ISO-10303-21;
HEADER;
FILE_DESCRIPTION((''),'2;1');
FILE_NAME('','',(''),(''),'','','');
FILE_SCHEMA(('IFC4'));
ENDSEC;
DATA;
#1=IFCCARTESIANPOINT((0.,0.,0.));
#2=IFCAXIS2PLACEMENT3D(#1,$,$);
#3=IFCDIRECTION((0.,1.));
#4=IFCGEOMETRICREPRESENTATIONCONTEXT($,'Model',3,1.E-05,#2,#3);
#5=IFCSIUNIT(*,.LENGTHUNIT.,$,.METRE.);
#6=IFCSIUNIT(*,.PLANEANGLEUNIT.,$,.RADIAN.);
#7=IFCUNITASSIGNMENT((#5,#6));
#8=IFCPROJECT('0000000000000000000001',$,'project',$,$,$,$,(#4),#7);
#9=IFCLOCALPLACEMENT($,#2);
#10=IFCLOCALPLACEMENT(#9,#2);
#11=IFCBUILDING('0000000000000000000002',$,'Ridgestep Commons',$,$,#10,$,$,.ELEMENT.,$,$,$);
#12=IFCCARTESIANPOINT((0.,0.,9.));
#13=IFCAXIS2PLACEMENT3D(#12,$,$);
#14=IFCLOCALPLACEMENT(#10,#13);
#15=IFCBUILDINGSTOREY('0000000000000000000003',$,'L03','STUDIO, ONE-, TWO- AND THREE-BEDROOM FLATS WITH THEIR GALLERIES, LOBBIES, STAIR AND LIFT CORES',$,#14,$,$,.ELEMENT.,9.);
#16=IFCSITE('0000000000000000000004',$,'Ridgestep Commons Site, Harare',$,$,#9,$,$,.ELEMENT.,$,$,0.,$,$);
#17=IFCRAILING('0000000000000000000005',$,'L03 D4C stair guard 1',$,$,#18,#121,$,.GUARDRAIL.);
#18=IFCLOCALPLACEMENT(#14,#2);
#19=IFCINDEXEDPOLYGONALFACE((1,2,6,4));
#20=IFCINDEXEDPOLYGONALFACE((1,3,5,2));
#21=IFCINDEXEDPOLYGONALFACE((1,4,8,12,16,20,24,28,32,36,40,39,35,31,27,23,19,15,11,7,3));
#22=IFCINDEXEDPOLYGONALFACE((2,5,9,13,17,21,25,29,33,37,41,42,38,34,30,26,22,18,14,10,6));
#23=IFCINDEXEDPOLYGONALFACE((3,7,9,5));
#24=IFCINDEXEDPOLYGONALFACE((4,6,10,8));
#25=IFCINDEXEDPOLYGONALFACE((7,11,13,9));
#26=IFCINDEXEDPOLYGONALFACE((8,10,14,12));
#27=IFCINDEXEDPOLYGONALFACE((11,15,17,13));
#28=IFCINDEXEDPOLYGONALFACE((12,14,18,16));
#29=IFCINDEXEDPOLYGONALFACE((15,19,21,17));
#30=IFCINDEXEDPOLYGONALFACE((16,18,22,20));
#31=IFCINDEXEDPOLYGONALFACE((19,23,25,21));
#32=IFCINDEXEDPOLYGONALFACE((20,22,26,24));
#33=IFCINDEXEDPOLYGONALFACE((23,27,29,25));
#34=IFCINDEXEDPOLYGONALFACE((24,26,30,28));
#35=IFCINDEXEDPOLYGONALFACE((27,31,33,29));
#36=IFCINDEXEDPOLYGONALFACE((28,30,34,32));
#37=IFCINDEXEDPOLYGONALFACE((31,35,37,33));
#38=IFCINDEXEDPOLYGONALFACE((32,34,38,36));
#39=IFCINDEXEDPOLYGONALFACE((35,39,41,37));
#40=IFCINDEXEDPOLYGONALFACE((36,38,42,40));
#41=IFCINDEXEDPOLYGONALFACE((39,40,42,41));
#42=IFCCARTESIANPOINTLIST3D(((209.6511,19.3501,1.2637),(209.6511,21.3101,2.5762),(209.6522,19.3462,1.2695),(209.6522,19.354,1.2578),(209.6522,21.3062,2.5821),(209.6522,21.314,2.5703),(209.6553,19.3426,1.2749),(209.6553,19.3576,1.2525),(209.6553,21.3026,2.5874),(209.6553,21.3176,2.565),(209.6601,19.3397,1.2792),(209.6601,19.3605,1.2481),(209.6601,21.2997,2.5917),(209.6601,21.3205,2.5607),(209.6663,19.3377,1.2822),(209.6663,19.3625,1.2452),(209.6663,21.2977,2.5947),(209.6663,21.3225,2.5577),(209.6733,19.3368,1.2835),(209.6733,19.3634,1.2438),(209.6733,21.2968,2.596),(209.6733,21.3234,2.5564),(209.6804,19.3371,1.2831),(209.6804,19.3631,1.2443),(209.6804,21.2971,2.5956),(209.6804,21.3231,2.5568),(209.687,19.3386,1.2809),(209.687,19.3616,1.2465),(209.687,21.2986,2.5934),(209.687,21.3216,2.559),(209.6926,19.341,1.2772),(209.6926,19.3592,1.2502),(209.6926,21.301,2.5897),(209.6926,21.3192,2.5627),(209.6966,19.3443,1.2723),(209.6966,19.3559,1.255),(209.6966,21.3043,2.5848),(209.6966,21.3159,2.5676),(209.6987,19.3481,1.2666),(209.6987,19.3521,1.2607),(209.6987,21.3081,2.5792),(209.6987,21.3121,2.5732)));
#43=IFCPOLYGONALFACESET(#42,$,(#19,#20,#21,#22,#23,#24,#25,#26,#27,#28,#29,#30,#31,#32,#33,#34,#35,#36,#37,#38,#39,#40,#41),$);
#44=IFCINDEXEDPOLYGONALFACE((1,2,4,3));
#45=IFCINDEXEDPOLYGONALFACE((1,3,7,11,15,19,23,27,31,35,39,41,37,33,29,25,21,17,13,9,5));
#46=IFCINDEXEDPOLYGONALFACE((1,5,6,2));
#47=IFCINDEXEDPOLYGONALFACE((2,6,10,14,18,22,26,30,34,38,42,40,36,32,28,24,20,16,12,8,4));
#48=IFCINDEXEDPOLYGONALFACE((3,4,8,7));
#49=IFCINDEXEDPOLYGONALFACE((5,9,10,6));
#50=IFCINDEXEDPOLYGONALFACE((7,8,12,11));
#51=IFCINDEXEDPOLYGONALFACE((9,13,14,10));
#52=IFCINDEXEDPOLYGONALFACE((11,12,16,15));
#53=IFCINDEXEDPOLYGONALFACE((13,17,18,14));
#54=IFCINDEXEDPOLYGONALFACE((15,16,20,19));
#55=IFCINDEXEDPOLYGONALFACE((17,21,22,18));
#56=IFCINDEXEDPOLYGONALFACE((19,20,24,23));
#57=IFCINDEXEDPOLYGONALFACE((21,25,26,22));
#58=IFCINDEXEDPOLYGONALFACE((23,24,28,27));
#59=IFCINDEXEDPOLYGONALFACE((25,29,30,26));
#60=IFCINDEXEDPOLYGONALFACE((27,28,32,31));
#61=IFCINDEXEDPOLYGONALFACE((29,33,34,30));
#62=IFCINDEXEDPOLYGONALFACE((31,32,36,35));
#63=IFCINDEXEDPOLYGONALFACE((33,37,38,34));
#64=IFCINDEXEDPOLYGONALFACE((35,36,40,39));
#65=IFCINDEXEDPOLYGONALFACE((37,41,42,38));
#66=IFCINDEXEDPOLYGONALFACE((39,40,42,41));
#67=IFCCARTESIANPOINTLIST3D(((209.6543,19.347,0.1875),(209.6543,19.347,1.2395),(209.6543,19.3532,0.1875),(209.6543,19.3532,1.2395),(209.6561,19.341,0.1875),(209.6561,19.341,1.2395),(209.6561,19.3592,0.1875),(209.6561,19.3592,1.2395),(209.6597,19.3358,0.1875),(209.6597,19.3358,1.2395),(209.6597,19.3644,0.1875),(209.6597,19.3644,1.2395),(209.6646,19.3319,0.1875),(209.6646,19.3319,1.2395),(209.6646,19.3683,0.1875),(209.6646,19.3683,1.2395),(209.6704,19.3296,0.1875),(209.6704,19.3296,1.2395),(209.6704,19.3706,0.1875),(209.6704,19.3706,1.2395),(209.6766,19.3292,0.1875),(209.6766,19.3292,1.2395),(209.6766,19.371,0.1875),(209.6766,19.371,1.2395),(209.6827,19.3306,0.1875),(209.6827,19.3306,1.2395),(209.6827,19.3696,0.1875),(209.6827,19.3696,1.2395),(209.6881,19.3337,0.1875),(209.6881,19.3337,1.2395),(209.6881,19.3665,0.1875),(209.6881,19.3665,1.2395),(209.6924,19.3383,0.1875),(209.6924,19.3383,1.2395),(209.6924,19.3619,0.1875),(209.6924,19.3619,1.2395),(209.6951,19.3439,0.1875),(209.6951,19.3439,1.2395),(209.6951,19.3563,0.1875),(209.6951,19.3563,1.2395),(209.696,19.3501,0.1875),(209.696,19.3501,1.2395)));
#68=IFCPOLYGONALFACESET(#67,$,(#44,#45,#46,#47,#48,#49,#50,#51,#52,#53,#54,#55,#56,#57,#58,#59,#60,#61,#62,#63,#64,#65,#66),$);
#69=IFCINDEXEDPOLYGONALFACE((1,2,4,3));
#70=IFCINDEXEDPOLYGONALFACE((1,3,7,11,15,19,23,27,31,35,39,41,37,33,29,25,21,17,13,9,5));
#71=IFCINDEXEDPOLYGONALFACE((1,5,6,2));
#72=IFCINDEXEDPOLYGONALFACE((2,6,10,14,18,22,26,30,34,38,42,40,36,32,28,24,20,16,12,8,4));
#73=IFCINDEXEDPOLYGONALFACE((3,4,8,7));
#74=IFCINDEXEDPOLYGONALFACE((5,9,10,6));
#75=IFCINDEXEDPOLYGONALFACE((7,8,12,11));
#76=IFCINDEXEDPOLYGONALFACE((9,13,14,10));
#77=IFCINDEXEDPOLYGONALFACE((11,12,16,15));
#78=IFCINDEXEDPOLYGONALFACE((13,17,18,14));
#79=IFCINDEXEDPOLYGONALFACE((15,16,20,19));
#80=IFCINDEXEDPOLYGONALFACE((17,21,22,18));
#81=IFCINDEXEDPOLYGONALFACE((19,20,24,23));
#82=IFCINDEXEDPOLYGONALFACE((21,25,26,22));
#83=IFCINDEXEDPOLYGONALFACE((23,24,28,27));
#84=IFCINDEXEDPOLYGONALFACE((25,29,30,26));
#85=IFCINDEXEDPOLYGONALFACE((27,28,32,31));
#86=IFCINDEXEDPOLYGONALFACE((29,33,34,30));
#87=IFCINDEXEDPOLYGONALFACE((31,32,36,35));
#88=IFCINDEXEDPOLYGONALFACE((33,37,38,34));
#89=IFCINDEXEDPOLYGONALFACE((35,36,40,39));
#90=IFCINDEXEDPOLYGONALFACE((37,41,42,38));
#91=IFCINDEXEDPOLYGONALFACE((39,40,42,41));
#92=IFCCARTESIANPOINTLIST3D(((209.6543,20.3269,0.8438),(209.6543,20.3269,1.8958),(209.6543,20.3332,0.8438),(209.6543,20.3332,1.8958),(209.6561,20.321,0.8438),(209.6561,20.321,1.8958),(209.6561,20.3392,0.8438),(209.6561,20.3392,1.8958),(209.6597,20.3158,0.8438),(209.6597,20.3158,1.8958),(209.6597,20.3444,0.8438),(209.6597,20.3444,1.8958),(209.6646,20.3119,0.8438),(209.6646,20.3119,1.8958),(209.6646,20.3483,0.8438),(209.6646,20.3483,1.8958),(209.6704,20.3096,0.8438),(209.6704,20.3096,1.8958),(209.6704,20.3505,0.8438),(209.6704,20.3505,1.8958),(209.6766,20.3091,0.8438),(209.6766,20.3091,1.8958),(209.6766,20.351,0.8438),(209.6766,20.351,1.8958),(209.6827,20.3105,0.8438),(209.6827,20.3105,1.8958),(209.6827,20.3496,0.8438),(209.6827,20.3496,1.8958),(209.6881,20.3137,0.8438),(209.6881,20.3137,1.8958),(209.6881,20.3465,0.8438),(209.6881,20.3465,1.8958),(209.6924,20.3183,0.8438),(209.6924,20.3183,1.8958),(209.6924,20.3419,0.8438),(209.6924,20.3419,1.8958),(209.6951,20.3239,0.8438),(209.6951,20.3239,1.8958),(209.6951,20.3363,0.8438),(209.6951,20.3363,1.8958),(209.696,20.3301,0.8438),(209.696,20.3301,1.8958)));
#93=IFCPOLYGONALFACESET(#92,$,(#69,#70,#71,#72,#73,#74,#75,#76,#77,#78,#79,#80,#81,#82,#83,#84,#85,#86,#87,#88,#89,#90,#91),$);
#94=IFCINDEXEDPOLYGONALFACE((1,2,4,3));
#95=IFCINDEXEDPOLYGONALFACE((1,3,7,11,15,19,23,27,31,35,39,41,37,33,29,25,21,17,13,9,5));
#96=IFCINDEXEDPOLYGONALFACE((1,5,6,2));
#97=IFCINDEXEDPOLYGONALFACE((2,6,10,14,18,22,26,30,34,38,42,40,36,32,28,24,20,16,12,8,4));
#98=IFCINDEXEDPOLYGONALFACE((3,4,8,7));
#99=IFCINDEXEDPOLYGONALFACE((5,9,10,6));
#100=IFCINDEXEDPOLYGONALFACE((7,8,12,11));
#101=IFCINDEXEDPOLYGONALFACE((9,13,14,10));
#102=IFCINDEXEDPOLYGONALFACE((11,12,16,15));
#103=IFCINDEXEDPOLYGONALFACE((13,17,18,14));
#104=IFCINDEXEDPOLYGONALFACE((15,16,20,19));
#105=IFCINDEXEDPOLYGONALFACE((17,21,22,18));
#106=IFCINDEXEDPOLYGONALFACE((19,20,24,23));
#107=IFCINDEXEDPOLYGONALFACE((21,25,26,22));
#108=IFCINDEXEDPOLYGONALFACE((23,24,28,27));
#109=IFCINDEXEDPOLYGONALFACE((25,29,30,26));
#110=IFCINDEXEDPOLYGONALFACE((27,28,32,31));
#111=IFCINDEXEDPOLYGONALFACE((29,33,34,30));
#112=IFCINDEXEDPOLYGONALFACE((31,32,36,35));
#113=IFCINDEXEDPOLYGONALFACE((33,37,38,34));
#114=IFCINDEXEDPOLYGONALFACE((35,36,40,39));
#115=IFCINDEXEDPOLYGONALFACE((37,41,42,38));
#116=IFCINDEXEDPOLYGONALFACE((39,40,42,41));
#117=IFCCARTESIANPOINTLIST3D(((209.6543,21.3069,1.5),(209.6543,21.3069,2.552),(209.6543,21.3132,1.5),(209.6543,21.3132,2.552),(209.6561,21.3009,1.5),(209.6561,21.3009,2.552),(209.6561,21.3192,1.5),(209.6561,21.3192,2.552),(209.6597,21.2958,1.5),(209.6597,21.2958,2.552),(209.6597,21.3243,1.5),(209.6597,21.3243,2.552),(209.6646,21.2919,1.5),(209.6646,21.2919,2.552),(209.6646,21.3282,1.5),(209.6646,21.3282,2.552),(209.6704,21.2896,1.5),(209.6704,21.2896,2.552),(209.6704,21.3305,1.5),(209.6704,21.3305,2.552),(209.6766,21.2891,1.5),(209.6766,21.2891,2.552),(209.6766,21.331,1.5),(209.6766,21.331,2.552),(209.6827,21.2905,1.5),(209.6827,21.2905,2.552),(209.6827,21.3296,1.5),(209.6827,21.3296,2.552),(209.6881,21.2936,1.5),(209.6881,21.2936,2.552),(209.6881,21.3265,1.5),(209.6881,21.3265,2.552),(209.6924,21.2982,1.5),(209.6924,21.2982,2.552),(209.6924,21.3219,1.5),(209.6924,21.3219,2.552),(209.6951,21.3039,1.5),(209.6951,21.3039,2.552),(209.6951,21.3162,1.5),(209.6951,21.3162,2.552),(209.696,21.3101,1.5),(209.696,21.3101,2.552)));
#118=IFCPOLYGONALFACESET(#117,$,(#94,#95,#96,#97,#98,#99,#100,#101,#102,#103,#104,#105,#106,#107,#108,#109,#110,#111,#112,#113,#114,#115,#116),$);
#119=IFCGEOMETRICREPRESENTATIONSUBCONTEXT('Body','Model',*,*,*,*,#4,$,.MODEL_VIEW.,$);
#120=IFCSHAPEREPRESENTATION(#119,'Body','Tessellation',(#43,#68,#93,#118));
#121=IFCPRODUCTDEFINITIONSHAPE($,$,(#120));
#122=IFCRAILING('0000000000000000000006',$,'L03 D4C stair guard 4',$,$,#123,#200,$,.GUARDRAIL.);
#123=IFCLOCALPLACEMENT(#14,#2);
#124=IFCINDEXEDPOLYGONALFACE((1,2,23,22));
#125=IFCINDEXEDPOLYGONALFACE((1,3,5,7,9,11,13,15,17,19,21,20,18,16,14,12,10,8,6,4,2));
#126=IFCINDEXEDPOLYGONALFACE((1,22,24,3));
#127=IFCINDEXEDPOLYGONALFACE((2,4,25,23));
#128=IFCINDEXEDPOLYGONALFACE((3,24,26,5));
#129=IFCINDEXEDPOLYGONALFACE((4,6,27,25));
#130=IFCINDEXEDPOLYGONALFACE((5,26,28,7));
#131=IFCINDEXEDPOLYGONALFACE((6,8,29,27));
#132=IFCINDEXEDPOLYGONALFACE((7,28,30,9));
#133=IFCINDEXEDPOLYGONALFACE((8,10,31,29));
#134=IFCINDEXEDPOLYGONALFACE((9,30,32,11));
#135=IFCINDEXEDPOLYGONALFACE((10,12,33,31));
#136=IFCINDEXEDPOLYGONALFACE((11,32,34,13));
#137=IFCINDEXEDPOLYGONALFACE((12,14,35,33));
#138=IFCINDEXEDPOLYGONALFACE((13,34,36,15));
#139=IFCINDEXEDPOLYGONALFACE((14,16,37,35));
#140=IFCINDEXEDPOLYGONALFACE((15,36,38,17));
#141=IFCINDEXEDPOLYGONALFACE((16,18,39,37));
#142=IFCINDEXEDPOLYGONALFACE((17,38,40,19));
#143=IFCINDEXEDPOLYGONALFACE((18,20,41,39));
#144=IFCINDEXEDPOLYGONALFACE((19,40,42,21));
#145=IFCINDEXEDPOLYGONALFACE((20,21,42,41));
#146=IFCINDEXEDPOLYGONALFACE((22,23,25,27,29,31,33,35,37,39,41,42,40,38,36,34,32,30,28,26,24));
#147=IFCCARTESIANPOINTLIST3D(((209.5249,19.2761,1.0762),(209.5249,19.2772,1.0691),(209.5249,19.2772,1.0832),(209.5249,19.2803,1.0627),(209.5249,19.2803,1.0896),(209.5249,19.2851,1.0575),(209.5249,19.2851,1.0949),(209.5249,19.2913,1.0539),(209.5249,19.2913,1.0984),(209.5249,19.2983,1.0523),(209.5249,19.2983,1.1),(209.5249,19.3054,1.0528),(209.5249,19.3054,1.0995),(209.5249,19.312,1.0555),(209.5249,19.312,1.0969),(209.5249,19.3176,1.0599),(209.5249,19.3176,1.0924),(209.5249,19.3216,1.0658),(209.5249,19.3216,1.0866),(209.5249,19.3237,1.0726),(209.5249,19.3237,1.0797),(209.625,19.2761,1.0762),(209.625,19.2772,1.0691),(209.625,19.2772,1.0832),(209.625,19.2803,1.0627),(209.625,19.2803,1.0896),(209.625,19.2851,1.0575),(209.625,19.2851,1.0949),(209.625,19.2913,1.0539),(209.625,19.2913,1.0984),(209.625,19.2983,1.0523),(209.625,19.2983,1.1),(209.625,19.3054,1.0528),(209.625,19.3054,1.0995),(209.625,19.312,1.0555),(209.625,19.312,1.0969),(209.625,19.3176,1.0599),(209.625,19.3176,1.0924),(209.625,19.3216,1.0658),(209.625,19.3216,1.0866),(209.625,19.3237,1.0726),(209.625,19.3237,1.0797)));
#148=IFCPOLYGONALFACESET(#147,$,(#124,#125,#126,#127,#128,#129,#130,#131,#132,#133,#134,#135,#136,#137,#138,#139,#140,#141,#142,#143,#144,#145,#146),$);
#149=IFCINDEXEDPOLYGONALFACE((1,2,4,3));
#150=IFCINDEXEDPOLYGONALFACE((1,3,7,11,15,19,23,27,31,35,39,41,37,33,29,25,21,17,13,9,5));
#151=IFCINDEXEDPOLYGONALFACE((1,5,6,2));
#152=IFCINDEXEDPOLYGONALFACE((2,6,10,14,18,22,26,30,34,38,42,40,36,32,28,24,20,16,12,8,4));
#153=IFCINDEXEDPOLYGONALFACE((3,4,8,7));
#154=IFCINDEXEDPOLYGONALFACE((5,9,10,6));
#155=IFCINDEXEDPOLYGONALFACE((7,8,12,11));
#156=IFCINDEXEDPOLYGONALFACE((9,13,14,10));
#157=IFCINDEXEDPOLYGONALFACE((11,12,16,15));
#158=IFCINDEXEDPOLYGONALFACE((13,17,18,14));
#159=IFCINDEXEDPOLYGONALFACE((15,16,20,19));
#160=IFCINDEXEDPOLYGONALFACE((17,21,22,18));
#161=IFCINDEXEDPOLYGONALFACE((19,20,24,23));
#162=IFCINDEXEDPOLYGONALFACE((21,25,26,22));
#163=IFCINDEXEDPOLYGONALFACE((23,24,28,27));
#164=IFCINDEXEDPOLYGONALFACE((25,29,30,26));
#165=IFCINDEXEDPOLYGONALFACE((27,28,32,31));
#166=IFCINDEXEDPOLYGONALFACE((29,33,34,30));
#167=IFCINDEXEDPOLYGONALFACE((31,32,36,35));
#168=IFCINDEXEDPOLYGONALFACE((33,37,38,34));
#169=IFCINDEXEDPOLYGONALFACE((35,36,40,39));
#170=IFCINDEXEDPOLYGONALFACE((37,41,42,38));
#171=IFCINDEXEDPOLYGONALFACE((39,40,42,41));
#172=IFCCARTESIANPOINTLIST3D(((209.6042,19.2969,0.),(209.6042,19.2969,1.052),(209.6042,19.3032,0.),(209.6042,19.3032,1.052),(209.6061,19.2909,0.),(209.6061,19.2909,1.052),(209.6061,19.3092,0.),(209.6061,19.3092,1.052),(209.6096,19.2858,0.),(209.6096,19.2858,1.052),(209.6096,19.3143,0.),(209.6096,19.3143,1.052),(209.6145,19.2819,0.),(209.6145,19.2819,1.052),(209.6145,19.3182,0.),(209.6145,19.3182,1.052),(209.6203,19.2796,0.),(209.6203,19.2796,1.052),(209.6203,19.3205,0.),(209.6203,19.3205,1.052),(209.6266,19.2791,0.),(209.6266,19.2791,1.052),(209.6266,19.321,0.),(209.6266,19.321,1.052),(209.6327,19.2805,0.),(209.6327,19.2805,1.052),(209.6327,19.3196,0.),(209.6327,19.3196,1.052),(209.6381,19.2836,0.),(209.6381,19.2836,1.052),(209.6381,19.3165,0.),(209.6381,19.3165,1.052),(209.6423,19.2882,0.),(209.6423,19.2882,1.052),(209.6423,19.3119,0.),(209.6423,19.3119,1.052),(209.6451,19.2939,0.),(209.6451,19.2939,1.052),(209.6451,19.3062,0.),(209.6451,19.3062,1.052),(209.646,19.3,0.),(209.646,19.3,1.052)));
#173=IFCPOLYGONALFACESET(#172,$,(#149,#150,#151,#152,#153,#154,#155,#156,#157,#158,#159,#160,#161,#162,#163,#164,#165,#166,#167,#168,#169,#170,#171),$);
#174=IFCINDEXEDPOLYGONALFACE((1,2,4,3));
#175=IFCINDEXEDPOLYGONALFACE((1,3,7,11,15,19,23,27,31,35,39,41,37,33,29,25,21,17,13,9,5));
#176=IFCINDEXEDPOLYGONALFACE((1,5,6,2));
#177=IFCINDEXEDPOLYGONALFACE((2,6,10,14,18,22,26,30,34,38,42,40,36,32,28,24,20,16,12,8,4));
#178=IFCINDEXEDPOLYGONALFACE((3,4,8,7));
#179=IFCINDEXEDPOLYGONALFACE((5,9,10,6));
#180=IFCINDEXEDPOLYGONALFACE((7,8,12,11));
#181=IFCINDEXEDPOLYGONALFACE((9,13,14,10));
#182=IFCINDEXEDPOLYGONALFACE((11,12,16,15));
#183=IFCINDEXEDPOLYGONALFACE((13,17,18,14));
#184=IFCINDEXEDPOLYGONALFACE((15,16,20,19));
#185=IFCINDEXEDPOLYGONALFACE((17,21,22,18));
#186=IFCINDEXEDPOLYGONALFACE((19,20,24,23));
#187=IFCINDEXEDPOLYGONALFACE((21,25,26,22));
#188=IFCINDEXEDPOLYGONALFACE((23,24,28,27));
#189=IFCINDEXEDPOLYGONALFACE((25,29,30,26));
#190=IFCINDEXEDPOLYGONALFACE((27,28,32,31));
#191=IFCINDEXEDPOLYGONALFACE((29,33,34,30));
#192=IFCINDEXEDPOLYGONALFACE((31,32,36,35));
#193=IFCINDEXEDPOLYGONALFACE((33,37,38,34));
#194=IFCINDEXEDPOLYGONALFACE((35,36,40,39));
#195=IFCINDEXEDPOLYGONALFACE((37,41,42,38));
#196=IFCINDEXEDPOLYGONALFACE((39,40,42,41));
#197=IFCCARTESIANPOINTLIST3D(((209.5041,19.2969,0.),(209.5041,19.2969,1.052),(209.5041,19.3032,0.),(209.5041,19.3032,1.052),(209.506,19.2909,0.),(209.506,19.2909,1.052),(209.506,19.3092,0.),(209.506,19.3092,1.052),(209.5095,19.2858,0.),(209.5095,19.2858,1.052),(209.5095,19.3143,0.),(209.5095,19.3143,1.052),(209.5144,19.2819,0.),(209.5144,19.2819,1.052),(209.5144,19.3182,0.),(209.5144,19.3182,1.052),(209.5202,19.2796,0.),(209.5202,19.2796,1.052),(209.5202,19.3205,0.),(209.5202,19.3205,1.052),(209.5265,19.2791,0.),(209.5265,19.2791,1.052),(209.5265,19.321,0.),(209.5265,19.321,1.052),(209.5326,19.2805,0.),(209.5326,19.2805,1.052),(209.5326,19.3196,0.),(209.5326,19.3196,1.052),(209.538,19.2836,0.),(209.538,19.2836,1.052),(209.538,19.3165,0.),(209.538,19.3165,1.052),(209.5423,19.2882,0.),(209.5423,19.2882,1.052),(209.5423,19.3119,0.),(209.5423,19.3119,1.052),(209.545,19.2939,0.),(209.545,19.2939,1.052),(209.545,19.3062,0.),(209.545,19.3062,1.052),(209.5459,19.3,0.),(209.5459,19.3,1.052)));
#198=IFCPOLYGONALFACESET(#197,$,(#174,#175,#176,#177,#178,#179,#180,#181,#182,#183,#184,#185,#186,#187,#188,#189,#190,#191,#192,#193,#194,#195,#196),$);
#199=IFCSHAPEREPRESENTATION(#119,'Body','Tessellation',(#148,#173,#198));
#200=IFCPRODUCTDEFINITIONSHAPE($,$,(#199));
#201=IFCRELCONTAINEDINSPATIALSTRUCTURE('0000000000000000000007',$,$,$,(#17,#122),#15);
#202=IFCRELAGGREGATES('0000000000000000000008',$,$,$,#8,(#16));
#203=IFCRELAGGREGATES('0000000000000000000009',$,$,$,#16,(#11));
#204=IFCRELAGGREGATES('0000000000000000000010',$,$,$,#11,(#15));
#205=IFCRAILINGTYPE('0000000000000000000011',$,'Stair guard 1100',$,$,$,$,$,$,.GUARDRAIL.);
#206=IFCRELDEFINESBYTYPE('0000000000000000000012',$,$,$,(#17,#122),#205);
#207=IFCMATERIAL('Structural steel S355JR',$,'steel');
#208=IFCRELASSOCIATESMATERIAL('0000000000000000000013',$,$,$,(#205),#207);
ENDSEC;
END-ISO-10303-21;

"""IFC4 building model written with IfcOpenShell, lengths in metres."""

from ifc_helpers import new_model, si_unit, direction, frame, origin, origin_2d, place, context, subcontext, project, spatial, circle, extrude, material, type_object, element, save


model = new_model("IFC4")

# Units and contexts
model_context = context("Model", 3, precision=1e-05, world=origin(), true_north=direction((0.0, 1.0)))
body_context = subcontext(model_context, "Body", "Model", "MODEL_VIEW")
ifc_project = project(units=[si_unit("LENGTHUNIT", "METRE"), si_unit("PLANEANGLEUNIT", "RADIAN")], contexts=[model_context])

# Site, building, storey
site_placement = place(None, origin())
site = spatial("IfcSite", under=ifc_project, at=site_placement, Name="Ridgestep Commons Site, Harare", CompositionType="ELEMENT", RefElevation=0.0)
building_placement = place(site_placement, origin())
building = spatial("IfcBuilding", under=site, at=building_placement, Name="Ridgestep Commons", CompositionType="ELEMENT")
storey_placement = place(building_placement, frame((0.0, 0.0, 9.0)))
storey = spatial("IfcBuildingStorey", under=building, at=storey_placement, Name="L03", Description="STUDIO, ONE-, TWO- AND THREE-BEDROOM FLATS WITH THEIR GALLERIES, LOBBIES, STAIR AND LIFT CORES", CompositionType="ELEMENT", Elevation=9.0)

# Railings
ifc_material_1 = material(Name="Structural steel S355JR", Category="steel")
railing_type_1 = type_object("IfcRailingType", Name="Stair guard 1100", PredefinedType="GUARDRAIL", material=ifc_material_1)
railing_1_placement = place(storey_placement, frame((209.675, 19.3501, 0.1875)))
element("IfcRailing", 1, at=railing_1_placement, inside=storey, type_object=railing_type_1, Name="L03 D4C stair guard 1", PredefinedType="GUARDRAIL", context=body_context, shape_type="SweptSolid", body=[
    extrude(circle(Radius=0.0239, at=origin_2d()), frame((0.0, 0.0, 1.0762), z_axis=(0.0, 0.830902, 0.556419), x_axis=(-1.0, 0.0, 0.0)), (0.0, 0.0, 1.0), 2.3589),
    extrude(circle(Radius=0.021, at=origin_2d()), origin(), (0.0, 0.0, 1.0), 1.052),
    extrude(circle(Radius=0.021, at=origin_2d()), frame((0.0, 0.98, 0.6562)), (0.0, 0.0, 1.0), 1.052),
    extrude(circle(Radius=0.021, at=origin_2d()), frame((0.0, 1.96, 1.3125)), (0.0, 0.0, 1.0), 1.052),
])
railing_2_placement = place(storey_placement, frame((209.625, 19.3, 0.0)))
element("IfcRailing", 2, at=railing_2_placement, inside=storey, type_object=railing_type_1, Name="L03 D4C stair guard 4", PredefinedType="GUARDRAIL", context=body_context, shape_type="SweptSolid", body=[
    extrude(circle(Radius=0.0239, at=origin_2d()), frame((0.0, 0.0, 1.0762), z_axis=(-1.0, 0.0, 0.0), x_axis=(0.0, -1.0, 0.0)), (0.0, 0.0, 1.0), 0.1001),
    extrude(circle(Radius=0.021, at=origin_2d()), origin(), (0.0, 0.0, 1.0), 1.052),
    extrude(circle(Radius=0.021, at=origin_2d()), frame((-0.1001, 0.0, 0.0)), (0.0, 0.0, 1.0), 1.052),
])

save(model, "model.ifc")
